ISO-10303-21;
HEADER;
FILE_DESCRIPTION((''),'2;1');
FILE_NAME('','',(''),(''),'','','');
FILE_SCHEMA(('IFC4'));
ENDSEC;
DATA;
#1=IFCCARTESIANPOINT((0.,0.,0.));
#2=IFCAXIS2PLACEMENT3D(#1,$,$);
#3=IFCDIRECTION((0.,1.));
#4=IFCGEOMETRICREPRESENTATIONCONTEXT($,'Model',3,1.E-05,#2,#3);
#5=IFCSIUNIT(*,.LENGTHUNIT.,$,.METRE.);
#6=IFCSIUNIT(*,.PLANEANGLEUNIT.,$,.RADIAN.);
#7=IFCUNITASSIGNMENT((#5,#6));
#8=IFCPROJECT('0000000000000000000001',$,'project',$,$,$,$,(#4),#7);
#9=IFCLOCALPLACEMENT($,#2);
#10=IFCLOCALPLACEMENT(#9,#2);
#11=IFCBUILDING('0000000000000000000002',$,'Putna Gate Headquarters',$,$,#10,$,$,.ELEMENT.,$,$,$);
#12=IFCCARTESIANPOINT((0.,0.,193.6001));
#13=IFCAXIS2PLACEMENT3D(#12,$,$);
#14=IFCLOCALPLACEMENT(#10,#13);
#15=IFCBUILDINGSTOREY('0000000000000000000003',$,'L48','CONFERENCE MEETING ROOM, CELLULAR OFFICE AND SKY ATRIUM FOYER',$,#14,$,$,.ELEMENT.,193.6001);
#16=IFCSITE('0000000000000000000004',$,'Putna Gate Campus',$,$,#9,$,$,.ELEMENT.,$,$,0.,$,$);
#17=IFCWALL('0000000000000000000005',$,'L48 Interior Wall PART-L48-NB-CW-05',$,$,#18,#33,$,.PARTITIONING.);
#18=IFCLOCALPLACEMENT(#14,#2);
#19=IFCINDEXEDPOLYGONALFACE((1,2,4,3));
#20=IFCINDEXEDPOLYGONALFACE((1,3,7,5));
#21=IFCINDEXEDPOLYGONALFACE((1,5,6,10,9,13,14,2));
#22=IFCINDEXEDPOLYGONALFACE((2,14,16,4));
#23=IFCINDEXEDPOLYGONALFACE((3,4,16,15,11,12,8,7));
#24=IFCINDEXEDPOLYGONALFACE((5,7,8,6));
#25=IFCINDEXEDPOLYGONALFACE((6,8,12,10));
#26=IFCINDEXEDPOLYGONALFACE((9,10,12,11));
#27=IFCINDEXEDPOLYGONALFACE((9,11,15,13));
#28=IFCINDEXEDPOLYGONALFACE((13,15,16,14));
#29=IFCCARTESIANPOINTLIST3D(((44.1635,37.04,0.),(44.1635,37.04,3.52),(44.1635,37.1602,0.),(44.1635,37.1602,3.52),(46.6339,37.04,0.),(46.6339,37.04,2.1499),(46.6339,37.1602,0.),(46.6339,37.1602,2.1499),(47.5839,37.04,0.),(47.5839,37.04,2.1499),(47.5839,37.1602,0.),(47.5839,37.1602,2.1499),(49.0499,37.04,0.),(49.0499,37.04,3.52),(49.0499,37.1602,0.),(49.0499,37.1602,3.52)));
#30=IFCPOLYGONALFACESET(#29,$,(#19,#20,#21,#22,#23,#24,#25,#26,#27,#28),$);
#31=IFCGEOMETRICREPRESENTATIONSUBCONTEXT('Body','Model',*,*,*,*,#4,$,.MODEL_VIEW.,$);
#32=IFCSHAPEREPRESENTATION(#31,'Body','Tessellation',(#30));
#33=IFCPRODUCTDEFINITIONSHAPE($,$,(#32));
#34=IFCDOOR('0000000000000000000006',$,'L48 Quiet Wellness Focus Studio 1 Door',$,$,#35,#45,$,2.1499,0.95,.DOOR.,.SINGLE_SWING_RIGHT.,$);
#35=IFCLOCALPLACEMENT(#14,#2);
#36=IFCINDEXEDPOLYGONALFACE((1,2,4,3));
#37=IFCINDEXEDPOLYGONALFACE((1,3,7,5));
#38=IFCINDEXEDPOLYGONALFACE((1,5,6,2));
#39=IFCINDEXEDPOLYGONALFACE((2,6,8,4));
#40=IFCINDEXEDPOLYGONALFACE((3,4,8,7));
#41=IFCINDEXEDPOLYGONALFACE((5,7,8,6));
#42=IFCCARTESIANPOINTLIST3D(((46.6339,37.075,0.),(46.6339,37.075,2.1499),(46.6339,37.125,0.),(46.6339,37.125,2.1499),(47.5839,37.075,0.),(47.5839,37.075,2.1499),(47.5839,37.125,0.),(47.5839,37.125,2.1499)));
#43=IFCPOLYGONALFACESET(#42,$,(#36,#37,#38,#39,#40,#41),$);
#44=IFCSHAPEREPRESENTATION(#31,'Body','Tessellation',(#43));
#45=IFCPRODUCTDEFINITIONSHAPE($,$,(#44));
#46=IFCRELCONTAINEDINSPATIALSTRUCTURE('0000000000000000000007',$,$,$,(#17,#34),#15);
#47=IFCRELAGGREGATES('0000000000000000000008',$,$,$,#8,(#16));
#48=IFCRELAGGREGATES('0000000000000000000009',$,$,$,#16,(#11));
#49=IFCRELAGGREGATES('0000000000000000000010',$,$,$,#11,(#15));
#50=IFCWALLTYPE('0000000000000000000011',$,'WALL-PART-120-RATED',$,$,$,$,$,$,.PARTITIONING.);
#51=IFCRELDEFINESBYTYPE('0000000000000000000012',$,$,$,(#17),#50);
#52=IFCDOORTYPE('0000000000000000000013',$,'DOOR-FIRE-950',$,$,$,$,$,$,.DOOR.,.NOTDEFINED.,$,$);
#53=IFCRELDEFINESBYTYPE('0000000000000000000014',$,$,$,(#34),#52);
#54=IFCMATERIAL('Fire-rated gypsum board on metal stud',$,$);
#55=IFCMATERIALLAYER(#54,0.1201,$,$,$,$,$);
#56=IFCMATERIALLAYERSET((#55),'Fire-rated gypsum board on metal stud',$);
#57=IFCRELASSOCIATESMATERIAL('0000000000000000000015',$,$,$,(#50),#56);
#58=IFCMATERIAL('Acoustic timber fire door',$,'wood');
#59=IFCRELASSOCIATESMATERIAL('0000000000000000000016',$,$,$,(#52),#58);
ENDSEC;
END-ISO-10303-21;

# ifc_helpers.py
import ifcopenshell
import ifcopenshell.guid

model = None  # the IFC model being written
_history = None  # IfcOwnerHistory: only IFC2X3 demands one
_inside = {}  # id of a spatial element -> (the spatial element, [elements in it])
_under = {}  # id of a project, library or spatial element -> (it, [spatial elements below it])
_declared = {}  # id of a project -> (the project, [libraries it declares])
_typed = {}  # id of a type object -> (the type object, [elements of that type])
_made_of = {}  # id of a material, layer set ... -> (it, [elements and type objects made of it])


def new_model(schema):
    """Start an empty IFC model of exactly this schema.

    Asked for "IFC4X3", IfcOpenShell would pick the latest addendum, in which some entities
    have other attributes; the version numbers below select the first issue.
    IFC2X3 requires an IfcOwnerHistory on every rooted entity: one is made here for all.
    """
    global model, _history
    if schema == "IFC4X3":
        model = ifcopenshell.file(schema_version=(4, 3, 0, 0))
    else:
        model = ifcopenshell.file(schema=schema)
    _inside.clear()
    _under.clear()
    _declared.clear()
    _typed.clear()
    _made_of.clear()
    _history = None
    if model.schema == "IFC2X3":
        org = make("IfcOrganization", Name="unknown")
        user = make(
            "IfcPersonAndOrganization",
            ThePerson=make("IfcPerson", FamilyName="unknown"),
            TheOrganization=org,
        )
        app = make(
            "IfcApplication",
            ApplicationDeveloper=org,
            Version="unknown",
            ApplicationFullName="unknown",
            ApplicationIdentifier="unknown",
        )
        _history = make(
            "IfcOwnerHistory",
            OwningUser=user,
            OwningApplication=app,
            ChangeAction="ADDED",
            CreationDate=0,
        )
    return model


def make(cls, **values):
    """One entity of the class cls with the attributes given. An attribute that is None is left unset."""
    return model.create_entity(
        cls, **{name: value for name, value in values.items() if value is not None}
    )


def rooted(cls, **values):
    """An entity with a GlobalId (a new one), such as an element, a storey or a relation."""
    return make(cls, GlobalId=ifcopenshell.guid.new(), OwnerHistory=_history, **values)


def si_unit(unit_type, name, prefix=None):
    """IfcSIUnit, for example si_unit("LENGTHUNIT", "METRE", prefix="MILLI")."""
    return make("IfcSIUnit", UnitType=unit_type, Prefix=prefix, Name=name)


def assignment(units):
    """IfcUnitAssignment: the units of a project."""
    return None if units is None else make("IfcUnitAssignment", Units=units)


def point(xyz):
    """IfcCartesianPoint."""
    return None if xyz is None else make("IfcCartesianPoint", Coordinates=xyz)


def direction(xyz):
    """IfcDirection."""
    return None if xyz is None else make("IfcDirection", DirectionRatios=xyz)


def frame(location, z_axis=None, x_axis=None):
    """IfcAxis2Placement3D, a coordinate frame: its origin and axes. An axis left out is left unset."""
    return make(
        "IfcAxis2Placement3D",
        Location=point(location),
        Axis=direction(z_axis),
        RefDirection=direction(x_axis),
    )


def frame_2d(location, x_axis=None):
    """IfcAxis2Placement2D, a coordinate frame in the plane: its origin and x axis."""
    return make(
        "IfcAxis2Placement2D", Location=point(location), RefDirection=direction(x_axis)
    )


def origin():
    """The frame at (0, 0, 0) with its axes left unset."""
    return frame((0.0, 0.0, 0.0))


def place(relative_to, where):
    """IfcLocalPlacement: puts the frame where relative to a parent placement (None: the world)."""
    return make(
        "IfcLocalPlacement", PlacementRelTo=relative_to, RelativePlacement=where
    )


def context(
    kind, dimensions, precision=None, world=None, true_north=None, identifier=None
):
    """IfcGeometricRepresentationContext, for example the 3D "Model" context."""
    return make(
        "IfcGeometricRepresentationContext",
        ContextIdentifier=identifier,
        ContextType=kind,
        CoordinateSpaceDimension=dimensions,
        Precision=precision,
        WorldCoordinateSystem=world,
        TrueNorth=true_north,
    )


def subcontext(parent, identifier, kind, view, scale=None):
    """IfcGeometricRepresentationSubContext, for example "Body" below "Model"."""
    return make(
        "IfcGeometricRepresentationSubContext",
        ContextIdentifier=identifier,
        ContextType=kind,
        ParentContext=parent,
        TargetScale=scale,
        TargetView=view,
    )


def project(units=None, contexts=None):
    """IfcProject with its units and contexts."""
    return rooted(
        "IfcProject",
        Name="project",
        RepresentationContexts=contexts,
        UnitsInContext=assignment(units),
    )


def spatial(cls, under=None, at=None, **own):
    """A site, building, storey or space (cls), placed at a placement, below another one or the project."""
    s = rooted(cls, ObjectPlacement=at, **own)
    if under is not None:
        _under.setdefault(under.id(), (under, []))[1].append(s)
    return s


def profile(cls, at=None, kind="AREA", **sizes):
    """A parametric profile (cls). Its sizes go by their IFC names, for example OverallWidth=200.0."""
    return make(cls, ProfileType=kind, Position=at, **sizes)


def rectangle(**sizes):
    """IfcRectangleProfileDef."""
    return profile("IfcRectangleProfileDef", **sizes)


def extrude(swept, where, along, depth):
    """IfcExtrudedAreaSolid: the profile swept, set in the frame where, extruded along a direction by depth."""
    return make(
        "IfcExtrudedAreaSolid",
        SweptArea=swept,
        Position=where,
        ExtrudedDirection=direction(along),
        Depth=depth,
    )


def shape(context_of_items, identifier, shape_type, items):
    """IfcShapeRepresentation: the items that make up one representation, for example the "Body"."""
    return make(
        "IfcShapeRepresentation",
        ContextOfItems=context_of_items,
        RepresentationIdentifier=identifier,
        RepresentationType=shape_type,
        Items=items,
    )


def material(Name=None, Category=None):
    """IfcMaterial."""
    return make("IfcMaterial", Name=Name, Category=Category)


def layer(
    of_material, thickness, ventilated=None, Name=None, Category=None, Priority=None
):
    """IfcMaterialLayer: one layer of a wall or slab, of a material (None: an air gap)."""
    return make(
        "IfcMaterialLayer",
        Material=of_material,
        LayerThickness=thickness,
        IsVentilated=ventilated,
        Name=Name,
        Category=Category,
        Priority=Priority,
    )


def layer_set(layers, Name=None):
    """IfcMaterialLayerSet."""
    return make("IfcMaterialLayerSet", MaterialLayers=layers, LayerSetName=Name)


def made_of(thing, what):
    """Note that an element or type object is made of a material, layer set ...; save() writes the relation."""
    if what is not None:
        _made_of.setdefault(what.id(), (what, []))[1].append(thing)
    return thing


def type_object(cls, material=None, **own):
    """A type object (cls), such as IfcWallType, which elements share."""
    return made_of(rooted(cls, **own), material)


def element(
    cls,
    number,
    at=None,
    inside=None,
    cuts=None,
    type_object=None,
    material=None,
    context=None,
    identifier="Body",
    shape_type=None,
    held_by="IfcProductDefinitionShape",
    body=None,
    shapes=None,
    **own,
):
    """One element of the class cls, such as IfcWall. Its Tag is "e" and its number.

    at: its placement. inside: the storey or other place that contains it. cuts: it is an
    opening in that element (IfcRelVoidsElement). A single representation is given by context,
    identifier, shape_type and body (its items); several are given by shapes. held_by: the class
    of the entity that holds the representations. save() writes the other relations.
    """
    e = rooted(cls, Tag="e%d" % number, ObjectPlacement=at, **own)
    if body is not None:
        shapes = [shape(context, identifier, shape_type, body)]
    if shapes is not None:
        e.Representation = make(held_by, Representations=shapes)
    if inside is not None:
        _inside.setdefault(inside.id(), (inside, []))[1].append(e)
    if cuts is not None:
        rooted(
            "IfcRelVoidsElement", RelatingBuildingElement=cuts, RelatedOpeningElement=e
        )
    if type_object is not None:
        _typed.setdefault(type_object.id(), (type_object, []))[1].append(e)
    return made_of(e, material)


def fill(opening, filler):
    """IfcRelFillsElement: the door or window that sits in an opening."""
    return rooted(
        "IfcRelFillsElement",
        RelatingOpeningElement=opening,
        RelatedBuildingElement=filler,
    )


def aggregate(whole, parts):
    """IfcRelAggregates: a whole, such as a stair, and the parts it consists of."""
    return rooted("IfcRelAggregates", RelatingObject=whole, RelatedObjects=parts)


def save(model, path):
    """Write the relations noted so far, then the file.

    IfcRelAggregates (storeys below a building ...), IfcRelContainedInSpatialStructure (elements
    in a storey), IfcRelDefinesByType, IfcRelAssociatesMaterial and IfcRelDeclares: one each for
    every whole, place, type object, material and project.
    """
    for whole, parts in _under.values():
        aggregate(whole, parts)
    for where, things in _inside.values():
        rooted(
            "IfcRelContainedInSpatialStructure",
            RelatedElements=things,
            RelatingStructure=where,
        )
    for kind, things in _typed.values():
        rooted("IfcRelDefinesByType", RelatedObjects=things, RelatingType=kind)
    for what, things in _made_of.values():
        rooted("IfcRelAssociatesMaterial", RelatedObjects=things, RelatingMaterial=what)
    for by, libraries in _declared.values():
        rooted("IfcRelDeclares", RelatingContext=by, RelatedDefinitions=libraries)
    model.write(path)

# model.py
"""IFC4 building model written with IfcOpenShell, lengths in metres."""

from ifc_helpers import new_model, si_unit, direction, frame, frame_2d, origin, place, context, subcontext, project, spatial, rectangle, extrude, material, layer, layer_set, type_object, element, fill, save


model = new_model("IFC4")

# Units and contexts
model_context = context("Model", 3, precision=1e-05, world=origin(), true_north=direction((0.0, 1.0)))
body_context = subcontext(model_context, "Body", "Model", "MODEL_VIEW")
ifc_project = project(units=[si_unit("LENGTHUNIT", "METRE"), si_unit("PLANEANGLEUNIT", "RADIAN")], contexts=[model_context])

# Site, building, storey
site_placement = place(None, origin())
site = spatial("IfcSite", under=ifc_project, at=site_placement, Name="Putna Gate Campus", CompositionType="ELEMENT", RefElevation=0.0)
building_placement = place(site_placement, origin())
building = spatial("IfcBuilding", under=site, at=building_placement, Name="Putna Gate Headquarters", CompositionType="ELEMENT")
storey_placement = place(building_placement, frame((0.0, 0.0, 193.6001)))
storey = spatial("IfcBuildingStorey", under=building, at=storey_placement, Name="L48", Description="CONFERENCE MEETING ROOM, CELLULAR OFFICE AND SKY ATRIUM FOYER", CompositionType="ELEMENT", Elevation=193.6001)

# Wall, opening, door
ifc_material_1 = material(Name="Fire-rated gypsum board on metal stud")
ifc_layer_1 = layer(ifc_material_1, 0.1201)
ifc_layer_set_1 = layer_set([ifc_layer_1], Name="Fire-rated gypsum board on metal stud")
wall_type_1 = type_object("IfcWallType", Name="WALL-PART-120-RATED", PredefinedType="PARTITIONING", material=ifc_layer_set_1)
ifc_material_2 = material(Name="Acoustic timber fire door", Category="wood")
door_type = type_object("IfcDoorType", Name="DOOR-FIRE-950", OperationType="NOTDEFINED", PredefinedType="DOOR", material=ifc_material_2)
wall_1_placement = place(storey_placement, frame((44.1633, 37.1001, 0.0), z_axis=(0.0, 0.0, 1.0), x_axis=(1.0, 0.0, 0.0)))
wall_1 = element("IfcWall", 1, at=wall_1_placement, inside=storey, type_object=wall_type_1, Name="L48 Interior Wall PART-L48-NB-CW-05", PredefinedType="PARTITIONING", context=body_context, shape_type="SweptSolid", body=[
    extrude(rectangle(XDim=4.8865, YDim=0.1201, at=frame_2d((2.4434, 0.0))), origin(), (0.0, 0.0, 1.0), 3.52),
])
opening_1_placement = place(wall_1_placement, frame((2.4705, 0.0, 0.0)))
opening_1 = element("IfcOpeningElement", 2, at=opening_1_placement, cuts=wall_1, PredefinedType="OPENING", context=body_context, shape_type="SweptSolid", body=[
    extrude(rectangle(XDim=0.95, YDim=2.1499, at=frame_2d((0.4751, 1.075))), frame((0.0, 0.0701, 0.0), z_axis=(0.0, -1.0, 0.0), x_axis=(1.0, 0.0, 0.0)), (0.0, 0.0, 1.0), 0.1401),
])
door_1_placement = place(opening_1_placement, origin())
door_1 = element("IfcDoor", 3, at=door_1_placement, inside=storey, type_object=door_type, Name="L48 Quiet Wellness Focus Studio 1 Door", OperationType="SINGLE_SWING_RIGHT", OverallHeight=2.1499, OverallWidth=0.95, PredefinedType="DOOR", context=body_context, shape_type="SweptSolid", body=[
    extrude(rectangle(XDim=0.95, YDim=2.1499, at=frame_2d((0.4751, 1.075))), frame((0.0, 0.0249, 0.0), z_axis=(0.0, -1.0, 0.0), x_axis=(1.0, 0.0, 0.0)), (0.0, 0.0, 1.0), 0.05),
])
fill(opening_1, door_1)

save(model, "model.ifc")
